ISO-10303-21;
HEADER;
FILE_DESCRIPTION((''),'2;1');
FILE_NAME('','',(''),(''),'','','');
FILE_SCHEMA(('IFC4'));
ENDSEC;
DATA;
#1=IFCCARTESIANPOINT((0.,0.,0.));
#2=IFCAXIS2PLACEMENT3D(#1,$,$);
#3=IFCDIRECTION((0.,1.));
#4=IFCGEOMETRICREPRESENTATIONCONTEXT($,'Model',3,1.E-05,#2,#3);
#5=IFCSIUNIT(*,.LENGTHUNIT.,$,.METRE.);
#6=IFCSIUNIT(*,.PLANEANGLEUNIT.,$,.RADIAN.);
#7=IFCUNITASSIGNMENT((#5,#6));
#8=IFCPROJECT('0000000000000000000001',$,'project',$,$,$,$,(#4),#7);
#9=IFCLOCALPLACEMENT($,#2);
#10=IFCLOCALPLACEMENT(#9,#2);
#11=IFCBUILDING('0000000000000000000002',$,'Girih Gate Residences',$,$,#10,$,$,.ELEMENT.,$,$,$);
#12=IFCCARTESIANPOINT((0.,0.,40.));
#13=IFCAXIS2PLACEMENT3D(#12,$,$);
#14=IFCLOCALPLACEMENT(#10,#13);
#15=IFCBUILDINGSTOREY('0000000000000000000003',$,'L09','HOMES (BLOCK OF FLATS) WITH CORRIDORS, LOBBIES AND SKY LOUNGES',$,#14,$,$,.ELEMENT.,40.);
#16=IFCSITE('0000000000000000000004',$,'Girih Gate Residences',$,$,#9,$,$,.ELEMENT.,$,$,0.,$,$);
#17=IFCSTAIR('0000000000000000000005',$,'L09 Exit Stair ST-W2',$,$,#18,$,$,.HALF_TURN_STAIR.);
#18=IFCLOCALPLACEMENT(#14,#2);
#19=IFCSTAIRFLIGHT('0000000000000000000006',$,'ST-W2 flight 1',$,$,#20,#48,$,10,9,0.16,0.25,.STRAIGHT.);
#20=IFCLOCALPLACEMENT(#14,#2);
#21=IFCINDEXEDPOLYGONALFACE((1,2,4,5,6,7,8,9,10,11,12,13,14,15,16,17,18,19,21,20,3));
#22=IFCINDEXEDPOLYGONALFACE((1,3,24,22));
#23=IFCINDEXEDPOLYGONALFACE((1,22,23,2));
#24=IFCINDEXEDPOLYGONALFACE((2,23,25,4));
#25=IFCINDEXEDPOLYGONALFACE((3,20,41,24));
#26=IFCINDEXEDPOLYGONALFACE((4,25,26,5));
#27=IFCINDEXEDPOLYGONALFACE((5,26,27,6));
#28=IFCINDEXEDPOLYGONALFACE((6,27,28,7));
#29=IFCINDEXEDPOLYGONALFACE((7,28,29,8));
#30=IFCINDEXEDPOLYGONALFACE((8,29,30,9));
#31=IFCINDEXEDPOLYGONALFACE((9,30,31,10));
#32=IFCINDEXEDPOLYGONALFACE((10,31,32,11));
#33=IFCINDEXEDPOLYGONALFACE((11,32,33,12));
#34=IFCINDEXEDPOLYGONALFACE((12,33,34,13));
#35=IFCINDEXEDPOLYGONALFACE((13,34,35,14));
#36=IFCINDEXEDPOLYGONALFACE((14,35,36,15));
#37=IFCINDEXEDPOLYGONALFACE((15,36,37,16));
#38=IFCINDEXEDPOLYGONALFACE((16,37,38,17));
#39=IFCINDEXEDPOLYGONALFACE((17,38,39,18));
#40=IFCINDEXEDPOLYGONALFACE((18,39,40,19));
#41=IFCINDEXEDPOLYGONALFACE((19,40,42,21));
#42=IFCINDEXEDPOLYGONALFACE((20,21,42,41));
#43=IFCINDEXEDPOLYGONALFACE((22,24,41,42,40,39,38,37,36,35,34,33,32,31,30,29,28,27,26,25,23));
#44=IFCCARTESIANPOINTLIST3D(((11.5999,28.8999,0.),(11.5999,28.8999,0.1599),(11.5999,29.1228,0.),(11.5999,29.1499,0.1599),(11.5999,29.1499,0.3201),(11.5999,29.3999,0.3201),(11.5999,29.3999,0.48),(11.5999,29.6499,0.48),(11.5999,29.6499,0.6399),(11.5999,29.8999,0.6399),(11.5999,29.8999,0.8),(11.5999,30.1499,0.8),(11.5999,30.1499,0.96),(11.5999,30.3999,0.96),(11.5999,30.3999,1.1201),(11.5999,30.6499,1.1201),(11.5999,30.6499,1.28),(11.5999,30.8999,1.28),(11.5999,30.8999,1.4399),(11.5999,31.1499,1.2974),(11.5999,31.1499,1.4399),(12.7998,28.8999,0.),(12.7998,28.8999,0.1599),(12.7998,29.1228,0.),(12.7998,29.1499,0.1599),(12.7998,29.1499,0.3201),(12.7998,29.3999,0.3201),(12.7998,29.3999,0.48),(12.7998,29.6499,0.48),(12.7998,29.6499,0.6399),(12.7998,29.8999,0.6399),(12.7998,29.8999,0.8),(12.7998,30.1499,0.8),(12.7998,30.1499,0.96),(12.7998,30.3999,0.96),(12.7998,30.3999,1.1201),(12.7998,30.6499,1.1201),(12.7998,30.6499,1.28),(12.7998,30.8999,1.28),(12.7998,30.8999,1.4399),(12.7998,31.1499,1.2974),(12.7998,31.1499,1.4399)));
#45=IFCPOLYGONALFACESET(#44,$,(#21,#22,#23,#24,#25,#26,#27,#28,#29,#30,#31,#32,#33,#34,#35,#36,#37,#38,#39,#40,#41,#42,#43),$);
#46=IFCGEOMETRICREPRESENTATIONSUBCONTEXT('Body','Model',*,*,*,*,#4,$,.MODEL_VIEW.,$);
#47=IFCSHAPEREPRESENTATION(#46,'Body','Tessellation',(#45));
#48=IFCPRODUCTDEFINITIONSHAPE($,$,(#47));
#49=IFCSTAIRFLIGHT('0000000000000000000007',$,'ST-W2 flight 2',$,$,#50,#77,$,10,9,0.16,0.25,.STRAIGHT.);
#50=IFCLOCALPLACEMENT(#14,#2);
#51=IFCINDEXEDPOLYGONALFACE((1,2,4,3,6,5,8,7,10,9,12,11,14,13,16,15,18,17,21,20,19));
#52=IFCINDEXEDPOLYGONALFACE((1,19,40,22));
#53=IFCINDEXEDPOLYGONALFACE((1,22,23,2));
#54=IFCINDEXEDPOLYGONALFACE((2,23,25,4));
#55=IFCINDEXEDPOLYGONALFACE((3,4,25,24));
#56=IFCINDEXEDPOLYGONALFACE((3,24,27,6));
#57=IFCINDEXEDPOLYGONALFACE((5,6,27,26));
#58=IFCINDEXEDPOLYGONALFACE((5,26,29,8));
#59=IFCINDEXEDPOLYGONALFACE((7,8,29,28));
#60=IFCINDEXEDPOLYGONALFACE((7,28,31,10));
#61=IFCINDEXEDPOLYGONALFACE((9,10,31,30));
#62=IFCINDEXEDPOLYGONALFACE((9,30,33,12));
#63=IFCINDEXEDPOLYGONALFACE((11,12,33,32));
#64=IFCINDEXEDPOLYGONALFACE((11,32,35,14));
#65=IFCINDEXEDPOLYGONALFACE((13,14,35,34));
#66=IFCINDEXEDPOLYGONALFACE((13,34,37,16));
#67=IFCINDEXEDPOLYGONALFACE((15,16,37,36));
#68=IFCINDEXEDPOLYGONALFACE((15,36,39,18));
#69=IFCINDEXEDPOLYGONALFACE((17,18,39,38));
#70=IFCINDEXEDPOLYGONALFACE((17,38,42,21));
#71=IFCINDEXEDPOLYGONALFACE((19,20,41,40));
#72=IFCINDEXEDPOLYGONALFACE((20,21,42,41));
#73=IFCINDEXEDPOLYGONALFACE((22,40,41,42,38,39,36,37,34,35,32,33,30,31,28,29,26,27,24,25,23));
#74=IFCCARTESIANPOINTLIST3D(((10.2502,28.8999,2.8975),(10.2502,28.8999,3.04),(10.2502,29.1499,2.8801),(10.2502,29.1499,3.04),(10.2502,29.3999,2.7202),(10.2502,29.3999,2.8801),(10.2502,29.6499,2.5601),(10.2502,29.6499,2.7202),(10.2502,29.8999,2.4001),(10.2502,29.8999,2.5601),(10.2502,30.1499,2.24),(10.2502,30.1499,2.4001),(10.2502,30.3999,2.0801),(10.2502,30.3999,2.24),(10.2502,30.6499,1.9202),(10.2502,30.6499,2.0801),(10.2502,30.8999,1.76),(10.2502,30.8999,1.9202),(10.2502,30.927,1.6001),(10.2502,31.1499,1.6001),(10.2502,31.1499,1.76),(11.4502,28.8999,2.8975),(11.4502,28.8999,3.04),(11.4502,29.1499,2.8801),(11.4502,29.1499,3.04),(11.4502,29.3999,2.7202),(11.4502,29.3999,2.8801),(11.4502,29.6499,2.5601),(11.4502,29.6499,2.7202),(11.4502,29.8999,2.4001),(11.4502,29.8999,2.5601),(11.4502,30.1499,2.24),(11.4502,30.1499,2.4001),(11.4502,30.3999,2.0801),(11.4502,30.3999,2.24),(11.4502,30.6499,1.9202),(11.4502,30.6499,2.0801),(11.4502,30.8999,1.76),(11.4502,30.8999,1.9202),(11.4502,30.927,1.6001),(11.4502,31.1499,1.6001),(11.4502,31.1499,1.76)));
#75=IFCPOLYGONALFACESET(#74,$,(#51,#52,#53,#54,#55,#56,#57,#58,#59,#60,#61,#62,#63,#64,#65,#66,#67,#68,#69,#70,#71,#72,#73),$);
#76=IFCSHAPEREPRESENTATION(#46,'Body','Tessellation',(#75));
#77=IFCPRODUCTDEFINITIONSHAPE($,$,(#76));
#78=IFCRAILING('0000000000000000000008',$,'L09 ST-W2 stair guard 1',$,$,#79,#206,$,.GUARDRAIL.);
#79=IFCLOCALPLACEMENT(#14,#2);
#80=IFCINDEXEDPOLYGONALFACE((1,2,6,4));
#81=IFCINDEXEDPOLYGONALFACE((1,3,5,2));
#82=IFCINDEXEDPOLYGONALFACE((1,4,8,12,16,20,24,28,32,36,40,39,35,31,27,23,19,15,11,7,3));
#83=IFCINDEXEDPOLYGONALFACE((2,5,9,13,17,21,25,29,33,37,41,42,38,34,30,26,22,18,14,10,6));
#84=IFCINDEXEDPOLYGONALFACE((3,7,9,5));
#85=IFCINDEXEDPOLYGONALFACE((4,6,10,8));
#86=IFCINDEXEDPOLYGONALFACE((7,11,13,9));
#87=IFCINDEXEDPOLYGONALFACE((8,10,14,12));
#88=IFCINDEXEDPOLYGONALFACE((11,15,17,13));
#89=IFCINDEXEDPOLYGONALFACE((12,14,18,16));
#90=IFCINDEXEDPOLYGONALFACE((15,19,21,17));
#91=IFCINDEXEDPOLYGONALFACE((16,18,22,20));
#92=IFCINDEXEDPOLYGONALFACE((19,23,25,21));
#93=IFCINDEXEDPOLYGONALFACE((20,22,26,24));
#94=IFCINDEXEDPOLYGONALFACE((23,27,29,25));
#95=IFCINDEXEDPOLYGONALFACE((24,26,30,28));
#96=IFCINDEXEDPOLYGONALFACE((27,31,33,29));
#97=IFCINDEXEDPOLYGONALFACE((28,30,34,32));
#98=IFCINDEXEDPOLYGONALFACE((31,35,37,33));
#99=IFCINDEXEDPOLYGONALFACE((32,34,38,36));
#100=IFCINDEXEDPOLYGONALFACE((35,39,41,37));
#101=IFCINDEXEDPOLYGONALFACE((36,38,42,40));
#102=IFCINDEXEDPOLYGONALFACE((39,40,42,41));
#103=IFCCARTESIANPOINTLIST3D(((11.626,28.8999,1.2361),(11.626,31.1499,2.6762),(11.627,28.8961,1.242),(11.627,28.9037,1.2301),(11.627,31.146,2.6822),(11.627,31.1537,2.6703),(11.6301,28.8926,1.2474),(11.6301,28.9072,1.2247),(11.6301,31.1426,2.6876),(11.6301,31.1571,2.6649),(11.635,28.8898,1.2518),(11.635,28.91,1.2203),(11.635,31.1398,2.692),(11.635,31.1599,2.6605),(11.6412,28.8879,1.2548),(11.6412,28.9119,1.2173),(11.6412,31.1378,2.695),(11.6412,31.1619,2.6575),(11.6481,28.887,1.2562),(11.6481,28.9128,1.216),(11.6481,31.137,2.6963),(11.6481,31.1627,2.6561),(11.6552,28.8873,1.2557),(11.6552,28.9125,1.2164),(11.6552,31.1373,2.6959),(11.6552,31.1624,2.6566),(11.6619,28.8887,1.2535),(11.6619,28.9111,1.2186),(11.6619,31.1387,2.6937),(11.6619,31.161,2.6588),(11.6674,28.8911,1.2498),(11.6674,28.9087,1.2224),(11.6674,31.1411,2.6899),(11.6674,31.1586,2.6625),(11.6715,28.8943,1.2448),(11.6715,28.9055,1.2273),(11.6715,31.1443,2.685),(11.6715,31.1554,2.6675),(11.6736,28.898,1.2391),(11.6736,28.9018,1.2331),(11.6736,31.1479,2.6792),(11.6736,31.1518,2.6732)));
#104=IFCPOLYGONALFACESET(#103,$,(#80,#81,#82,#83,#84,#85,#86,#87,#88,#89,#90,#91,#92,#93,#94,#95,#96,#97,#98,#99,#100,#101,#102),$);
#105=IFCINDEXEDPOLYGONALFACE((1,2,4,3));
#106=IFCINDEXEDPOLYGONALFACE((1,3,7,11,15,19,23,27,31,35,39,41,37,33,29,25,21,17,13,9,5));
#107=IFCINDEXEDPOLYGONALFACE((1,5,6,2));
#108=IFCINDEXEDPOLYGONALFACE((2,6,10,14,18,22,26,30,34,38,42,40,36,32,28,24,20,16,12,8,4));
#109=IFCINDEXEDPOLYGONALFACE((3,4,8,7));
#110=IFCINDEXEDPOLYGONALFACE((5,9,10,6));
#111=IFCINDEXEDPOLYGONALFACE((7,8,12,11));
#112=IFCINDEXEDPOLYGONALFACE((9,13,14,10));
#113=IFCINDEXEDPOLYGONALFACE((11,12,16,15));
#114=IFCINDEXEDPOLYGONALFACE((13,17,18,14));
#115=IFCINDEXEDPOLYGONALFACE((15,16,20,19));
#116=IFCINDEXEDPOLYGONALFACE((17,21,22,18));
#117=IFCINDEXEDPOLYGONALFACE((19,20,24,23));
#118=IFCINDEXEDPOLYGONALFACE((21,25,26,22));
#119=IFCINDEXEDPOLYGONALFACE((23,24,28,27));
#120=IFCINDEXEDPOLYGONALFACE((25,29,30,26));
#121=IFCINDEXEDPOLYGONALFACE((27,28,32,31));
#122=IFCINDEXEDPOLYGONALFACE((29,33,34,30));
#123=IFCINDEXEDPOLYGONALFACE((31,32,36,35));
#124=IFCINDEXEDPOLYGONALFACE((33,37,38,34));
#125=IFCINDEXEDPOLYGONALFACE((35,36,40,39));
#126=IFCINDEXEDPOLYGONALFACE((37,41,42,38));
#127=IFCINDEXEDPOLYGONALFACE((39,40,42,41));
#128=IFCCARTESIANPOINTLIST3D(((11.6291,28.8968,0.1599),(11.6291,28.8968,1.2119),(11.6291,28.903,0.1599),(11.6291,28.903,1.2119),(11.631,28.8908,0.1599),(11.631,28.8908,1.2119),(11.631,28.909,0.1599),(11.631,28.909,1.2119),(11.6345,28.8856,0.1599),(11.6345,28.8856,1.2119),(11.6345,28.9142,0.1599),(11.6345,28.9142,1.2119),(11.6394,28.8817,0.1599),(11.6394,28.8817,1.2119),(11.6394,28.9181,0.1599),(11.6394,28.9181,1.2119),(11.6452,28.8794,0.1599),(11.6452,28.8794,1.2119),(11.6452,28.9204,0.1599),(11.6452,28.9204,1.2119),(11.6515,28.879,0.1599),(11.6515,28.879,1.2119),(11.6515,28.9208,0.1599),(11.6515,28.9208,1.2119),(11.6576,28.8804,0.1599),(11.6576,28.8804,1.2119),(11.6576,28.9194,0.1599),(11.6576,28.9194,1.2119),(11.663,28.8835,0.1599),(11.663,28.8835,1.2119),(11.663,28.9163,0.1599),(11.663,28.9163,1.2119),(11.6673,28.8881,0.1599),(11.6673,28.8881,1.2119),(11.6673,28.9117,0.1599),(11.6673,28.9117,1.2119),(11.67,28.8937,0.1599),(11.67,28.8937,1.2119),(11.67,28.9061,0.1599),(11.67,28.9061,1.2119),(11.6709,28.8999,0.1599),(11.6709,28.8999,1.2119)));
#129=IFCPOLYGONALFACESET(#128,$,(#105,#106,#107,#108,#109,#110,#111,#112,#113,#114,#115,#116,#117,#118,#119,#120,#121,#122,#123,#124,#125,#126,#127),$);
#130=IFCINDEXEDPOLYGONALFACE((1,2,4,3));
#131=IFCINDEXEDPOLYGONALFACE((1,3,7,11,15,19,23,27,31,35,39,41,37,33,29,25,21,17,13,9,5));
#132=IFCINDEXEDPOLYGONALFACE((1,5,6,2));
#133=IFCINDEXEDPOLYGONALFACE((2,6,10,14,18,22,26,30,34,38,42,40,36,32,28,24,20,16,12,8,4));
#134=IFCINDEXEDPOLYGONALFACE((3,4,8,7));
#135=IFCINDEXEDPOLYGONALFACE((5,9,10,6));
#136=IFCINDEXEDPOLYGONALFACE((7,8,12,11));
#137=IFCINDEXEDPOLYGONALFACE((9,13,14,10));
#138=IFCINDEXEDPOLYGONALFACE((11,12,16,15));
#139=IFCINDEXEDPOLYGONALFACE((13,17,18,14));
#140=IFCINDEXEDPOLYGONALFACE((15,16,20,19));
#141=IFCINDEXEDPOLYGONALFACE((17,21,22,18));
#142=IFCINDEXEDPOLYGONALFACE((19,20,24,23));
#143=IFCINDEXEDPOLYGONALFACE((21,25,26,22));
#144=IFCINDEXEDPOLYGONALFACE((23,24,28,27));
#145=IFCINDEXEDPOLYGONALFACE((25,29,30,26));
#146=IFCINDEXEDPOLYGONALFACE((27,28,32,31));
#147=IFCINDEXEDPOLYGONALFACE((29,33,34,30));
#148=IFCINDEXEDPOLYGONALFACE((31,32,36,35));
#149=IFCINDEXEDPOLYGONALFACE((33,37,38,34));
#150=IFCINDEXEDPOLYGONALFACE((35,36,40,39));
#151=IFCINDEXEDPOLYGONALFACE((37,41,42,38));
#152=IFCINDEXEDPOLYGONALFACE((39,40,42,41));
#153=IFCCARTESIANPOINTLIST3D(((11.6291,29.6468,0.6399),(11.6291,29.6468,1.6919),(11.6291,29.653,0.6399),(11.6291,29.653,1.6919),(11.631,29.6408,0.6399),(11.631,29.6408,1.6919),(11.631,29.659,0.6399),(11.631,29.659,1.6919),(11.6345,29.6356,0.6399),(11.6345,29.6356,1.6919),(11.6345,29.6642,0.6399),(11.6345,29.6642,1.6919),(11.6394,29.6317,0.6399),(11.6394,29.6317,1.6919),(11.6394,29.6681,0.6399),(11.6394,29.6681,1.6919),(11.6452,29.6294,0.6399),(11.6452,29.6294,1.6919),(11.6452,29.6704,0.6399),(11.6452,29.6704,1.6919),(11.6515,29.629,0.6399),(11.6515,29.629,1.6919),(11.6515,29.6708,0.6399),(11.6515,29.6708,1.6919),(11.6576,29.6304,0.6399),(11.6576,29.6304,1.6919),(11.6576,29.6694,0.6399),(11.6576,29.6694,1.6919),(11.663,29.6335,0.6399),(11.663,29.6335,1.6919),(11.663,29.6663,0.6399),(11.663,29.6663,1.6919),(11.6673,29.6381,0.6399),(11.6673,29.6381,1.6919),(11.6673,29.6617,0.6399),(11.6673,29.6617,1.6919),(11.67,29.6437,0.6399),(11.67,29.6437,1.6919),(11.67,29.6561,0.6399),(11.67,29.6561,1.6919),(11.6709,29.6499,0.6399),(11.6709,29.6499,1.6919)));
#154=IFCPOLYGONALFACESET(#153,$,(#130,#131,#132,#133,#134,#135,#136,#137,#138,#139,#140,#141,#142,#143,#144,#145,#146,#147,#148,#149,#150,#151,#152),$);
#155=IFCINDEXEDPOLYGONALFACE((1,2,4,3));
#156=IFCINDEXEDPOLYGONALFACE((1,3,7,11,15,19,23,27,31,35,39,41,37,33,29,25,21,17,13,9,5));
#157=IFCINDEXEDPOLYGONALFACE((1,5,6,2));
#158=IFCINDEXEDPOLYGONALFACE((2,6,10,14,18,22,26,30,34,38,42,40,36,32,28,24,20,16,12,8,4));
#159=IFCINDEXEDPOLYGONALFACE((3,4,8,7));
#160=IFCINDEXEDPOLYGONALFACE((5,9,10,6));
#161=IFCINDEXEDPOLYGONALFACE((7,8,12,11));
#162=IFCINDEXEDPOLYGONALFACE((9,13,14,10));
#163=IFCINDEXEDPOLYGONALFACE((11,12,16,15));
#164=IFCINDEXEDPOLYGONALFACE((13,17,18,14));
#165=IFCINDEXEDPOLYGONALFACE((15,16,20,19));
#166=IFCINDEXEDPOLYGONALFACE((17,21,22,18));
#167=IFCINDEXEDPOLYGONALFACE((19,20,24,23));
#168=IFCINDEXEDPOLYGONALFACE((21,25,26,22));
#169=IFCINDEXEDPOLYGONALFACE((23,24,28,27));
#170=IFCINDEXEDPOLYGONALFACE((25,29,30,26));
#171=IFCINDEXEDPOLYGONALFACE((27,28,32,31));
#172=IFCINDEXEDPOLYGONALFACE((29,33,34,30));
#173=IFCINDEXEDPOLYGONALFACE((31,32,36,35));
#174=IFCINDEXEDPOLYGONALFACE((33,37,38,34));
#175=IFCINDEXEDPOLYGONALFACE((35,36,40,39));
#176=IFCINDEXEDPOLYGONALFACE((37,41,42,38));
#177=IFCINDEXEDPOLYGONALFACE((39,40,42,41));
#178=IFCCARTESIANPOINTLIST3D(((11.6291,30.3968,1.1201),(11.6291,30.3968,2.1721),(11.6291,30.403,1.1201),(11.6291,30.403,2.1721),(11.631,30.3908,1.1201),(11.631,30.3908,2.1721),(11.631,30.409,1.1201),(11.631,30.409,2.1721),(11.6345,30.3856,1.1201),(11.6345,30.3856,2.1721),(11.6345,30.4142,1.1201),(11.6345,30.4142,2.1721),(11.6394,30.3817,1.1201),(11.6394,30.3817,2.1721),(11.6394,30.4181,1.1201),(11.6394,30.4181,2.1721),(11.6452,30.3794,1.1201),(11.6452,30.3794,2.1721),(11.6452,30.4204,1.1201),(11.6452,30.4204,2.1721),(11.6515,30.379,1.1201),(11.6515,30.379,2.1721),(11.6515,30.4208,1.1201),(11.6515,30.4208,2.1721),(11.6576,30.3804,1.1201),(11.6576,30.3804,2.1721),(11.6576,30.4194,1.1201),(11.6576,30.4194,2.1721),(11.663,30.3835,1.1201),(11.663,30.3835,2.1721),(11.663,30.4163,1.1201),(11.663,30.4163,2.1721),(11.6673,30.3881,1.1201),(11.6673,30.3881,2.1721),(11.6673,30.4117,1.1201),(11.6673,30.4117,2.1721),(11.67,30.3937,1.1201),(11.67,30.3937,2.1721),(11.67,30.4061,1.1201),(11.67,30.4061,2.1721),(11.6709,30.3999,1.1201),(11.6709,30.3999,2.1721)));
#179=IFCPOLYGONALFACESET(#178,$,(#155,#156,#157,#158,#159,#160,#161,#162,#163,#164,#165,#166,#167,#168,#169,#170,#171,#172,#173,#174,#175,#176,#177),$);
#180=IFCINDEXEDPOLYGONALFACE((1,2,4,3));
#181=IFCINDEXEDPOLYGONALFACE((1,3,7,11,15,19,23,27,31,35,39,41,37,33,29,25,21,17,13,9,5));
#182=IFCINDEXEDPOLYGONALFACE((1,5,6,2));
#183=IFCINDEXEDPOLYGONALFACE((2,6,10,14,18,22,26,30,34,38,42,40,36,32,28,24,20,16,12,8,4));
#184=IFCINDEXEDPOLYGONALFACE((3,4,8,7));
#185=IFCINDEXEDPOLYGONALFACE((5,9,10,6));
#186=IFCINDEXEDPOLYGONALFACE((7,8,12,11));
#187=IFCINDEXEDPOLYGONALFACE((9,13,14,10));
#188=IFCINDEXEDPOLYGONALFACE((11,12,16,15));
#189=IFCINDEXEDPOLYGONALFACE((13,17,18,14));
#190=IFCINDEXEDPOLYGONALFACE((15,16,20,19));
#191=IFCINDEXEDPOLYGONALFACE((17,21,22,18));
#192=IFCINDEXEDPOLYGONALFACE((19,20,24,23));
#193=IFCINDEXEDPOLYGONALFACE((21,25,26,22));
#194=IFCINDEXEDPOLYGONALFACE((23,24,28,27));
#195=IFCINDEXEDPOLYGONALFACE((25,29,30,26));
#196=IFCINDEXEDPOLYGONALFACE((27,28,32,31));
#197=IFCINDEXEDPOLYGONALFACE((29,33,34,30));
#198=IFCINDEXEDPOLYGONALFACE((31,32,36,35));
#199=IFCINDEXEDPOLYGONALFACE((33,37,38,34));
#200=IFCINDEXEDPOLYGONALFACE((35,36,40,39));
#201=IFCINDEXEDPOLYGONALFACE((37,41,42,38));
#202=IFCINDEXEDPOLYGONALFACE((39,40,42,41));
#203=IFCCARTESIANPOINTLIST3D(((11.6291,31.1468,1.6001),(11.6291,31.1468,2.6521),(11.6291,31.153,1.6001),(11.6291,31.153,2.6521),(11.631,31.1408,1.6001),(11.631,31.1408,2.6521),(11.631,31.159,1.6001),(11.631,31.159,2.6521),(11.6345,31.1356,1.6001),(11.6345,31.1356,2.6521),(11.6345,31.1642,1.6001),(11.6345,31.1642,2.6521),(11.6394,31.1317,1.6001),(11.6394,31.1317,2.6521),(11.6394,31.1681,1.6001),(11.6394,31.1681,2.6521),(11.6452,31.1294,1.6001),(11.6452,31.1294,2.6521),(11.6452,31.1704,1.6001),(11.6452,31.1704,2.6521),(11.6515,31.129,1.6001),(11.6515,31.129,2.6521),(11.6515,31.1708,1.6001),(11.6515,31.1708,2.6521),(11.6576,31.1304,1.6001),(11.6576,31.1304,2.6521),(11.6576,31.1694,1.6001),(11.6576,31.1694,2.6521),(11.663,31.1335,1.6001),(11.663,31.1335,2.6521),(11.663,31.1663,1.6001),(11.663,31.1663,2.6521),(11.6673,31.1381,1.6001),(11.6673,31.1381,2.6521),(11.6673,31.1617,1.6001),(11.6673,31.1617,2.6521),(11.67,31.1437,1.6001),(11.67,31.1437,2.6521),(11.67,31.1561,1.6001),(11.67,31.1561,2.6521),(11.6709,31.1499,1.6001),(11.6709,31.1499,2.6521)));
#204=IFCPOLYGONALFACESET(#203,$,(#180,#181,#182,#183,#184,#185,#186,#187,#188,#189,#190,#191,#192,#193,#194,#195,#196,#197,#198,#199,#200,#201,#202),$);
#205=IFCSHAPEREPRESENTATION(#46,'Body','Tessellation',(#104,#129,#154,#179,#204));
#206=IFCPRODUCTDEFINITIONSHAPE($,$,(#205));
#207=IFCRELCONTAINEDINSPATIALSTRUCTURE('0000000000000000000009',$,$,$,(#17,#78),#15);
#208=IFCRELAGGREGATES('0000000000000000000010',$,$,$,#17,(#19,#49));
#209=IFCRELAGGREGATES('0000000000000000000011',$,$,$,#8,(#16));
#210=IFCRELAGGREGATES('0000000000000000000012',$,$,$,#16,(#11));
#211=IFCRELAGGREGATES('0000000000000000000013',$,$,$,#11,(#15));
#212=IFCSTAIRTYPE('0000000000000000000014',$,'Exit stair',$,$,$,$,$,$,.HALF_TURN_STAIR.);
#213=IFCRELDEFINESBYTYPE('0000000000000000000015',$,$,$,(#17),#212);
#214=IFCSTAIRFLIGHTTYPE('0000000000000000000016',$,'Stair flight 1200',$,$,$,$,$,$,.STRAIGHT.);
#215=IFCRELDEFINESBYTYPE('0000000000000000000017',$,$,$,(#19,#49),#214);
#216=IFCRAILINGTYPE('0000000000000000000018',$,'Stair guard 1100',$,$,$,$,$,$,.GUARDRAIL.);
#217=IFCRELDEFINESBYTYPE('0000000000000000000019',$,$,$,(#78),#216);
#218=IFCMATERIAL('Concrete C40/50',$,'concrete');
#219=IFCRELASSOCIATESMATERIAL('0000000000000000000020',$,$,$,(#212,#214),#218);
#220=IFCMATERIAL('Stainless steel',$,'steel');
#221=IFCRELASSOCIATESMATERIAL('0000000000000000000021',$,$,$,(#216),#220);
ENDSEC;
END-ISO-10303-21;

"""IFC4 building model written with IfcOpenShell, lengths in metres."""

from ifc_helpers import new_model, si_unit, direction, frame, origin, origin_2d, place, context, subcontext, project, spatial, polyline, circle, outline, extrude, material, type_object, element, aggregate, save


model = new_model("IFC4")

# Units and contexts
model_context = context("Model", 3, precision=1e-05, world=origin(), true_north=direction((0.0, 1.0)))
body_context = subcontext(model_context, "Body", "Model", "MODEL_VIEW")
ifc_project = project(units=[si_unit("LENGTHUNIT", "METRE"), si_unit("PLANEANGLEUNIT", "RADIAN")], contexts=[model_context])

# Site, building, storey
site_placement = place(None, origin())
site = spatial("IfcSite", under=ifc_project, at=site_placement, Name="Girih Gate Residences", CompositionType="ELEMENT", RefElevation=0.0)
building_placement = place(site_placement, origin())
building = spatial("IfcBuilding", under=site, at=building_placement, Name="Girih Gate Residences", CompositionType="ELEMENT")
storey_placement = place(building_placement, frame((0.0, 0.0, 40.0)))
storey = spatial("IfcBuildingStorey", under=building, at=storey_placement, Name="L09", Description="HOMES (BLOCK OF FLATS) WITH CORRIDORS, LOBBIES AND SKY LOUNGES", CompositionType="ELEMENT", Elevation=40.0)

# Shared definitions
ifc_material_1 = material(Name="Concrete C40/50", Category="concrete")

# Stair, stair flights
stair_type = type_object("IfcStairType", Name="Exit stair", PredefinedType="HALF_TURN_STAIR", material=ifc_material_1)
stair_placement = place(storey_placement, origin())
stair = element("IfcStair", 1, at=stair_placement, inside=storey, type_object=stair_type, Name="L09 Exit Stair ST-W2", PredefinedType="HALF_TURN_STAIR")
stair_flight_type = type_object("IfcStairFlightType", Name="Stair flight 1200", PredefinedType="STRAIGHT", material=ifc_material_1)
stair_flight_1_placement = place(storey_placement, frame((12.2, 28.8999, 0.0), z_axis=(0.0, 0.0, 1.0), x_axis=(0.0, 1.0, 0.0)))
stair_flight_1 = element("IfcStairFlight", 2, at=stair_flight_1_placement, type_object=stair_flight_type, Name="ST-W2 flight 1", NumberOfRisers=10, NumberOfTreads=9, PredefinedType="STRAIGHT", RiserHeight=0.16, TreadLength=0.25, context=body_context, shape_type="SweptSolid", body=[
    extrude(outline(polyline([(0.0, 0.0), (0.0, 0.1599), (0.25, 0.1599), (0.25, 0.3201), (0.5, 0.3201), (0.5, 0.48), (0.75, 0.48), (0.75, 0.6399), (1.0, 0.6399), (1.0, 0.8), (1.25, 0.8), (1.25, 0.96), (1.5, 0.96), (1.5, 1.1201), (1.75, 1.1201), (1.75, 1.28), (2.0, 1.28), (2.0, 1.4399), (2.25, 1.4399), (2.25, 1.6001), (2.25, 1.2974), (0.2229, 0.0), (0.0, 0.0)])), frame((0.0, 0.6001, 0.0), z_axis=(0.0, -1.0, 0.0), x_axis=(1.0, 0.0, 0.0)), (0.0, 0.0, 1.0), 1.2),
])
stair_flight_2_placement = place(storey_placement, frame((10.8501, 31.1499, 1.6001), z_axis=(0.0, 0.0, 1.0), x_axis=(0.0, -1.0, 0.0)))
stair_flight_2 = element("IfcStairFlight", 3, at=stair_flight_2_placement, type_object=stair_flight_type, Name="ST-W2 flight 2", NumberOfRisers=10, NumberOfTreads=9, PredefinedType="STRAIGHT", RiserHeight=0.16, TreadLength=0.25, context=body_context, shape_type="SweptSolid", body=[
    extrude(outline(polyline([(0.0, 0.0), (0.0, 0.1599), (0.25, 0.1599), (0.25, 0.3201), (0.5, 0.3201), (0.5, 0.48), (0.75, 0.48), (0.75, 0.6399), (1.0, 0.6399), (1.0, 0.8), (1.25, 0.8), (1.25, 0.96), (1.5, 0.96), (1.5, 1.1201), (1.75, 1.1201), (1.75, 1.28), (2.0, 1.28), (2.0, 1.4399), (2.25, 1.4399), (2.25, 1.6001), (2.25, 1.2974), (0.2229, 0.0), (0.0, 0.0)])), frame((0.0, 0.6001, 0.0), z_axis=(0.0, -1.0, 0.0), x_axis=(1.0, 0.0, 0.0)), (0.0, 0.0, 1.0), 1.2),
])
aggregate(stair, [stair_flight_1, stair_flight_2])

# Railing
ifc_material_2 = material(Name="Stainless steel", Category="steel")
railing_type_1 = type_object("IfcRailingType", Name="Stair guard 1100", PredefinedType="GUARDRAIL", material=ifc_material_2)
railing_1_placement = place(storey_placement, frame((11.6499, 28.8999, 0.1599)))
element("IfcRailing", 4, at=railing_1_placement, inside=storey, type_object=railing_type_1, Name="L09 ST-W2 stair guard 1", PredefinedType="GUARDRAIL", context=body_context, shape_type="SweptSolid", body=[
    extrude(circle(Radius=0.0239, at=origin_2d()), frame((0.0, 0.0, 1.0762), z_axis=(0.0, 0.84224, 0.539103), x_axis=(-1.0, 0.0, 0.0)), (0.0, 0.0, 1.0), 2.6714),
    extrude(circle(Radius=0.021, at=origin_2d()), origin(), (0.0, 0.0, 1.0), 1.052),
    extrude(circle(Radius=0.021, at=origin_2d()), frame((0.0, 0.75, 0.48)), (0.0, 0.0, 1.0), 1.052),
    extrude(circle(Radius=0.021, at=origin_2d()), frame((0.0, 1.5, 0.9602)), (0.0, 0.0, 1.0), 1.052),
    extrude(circle(Radius=0.021, at=origin_2d()), frame((0.0, 2.25, 1.4402)), (0.0, 0.0, 1.0), 1.052),
])

save(model, "model.ifc")
